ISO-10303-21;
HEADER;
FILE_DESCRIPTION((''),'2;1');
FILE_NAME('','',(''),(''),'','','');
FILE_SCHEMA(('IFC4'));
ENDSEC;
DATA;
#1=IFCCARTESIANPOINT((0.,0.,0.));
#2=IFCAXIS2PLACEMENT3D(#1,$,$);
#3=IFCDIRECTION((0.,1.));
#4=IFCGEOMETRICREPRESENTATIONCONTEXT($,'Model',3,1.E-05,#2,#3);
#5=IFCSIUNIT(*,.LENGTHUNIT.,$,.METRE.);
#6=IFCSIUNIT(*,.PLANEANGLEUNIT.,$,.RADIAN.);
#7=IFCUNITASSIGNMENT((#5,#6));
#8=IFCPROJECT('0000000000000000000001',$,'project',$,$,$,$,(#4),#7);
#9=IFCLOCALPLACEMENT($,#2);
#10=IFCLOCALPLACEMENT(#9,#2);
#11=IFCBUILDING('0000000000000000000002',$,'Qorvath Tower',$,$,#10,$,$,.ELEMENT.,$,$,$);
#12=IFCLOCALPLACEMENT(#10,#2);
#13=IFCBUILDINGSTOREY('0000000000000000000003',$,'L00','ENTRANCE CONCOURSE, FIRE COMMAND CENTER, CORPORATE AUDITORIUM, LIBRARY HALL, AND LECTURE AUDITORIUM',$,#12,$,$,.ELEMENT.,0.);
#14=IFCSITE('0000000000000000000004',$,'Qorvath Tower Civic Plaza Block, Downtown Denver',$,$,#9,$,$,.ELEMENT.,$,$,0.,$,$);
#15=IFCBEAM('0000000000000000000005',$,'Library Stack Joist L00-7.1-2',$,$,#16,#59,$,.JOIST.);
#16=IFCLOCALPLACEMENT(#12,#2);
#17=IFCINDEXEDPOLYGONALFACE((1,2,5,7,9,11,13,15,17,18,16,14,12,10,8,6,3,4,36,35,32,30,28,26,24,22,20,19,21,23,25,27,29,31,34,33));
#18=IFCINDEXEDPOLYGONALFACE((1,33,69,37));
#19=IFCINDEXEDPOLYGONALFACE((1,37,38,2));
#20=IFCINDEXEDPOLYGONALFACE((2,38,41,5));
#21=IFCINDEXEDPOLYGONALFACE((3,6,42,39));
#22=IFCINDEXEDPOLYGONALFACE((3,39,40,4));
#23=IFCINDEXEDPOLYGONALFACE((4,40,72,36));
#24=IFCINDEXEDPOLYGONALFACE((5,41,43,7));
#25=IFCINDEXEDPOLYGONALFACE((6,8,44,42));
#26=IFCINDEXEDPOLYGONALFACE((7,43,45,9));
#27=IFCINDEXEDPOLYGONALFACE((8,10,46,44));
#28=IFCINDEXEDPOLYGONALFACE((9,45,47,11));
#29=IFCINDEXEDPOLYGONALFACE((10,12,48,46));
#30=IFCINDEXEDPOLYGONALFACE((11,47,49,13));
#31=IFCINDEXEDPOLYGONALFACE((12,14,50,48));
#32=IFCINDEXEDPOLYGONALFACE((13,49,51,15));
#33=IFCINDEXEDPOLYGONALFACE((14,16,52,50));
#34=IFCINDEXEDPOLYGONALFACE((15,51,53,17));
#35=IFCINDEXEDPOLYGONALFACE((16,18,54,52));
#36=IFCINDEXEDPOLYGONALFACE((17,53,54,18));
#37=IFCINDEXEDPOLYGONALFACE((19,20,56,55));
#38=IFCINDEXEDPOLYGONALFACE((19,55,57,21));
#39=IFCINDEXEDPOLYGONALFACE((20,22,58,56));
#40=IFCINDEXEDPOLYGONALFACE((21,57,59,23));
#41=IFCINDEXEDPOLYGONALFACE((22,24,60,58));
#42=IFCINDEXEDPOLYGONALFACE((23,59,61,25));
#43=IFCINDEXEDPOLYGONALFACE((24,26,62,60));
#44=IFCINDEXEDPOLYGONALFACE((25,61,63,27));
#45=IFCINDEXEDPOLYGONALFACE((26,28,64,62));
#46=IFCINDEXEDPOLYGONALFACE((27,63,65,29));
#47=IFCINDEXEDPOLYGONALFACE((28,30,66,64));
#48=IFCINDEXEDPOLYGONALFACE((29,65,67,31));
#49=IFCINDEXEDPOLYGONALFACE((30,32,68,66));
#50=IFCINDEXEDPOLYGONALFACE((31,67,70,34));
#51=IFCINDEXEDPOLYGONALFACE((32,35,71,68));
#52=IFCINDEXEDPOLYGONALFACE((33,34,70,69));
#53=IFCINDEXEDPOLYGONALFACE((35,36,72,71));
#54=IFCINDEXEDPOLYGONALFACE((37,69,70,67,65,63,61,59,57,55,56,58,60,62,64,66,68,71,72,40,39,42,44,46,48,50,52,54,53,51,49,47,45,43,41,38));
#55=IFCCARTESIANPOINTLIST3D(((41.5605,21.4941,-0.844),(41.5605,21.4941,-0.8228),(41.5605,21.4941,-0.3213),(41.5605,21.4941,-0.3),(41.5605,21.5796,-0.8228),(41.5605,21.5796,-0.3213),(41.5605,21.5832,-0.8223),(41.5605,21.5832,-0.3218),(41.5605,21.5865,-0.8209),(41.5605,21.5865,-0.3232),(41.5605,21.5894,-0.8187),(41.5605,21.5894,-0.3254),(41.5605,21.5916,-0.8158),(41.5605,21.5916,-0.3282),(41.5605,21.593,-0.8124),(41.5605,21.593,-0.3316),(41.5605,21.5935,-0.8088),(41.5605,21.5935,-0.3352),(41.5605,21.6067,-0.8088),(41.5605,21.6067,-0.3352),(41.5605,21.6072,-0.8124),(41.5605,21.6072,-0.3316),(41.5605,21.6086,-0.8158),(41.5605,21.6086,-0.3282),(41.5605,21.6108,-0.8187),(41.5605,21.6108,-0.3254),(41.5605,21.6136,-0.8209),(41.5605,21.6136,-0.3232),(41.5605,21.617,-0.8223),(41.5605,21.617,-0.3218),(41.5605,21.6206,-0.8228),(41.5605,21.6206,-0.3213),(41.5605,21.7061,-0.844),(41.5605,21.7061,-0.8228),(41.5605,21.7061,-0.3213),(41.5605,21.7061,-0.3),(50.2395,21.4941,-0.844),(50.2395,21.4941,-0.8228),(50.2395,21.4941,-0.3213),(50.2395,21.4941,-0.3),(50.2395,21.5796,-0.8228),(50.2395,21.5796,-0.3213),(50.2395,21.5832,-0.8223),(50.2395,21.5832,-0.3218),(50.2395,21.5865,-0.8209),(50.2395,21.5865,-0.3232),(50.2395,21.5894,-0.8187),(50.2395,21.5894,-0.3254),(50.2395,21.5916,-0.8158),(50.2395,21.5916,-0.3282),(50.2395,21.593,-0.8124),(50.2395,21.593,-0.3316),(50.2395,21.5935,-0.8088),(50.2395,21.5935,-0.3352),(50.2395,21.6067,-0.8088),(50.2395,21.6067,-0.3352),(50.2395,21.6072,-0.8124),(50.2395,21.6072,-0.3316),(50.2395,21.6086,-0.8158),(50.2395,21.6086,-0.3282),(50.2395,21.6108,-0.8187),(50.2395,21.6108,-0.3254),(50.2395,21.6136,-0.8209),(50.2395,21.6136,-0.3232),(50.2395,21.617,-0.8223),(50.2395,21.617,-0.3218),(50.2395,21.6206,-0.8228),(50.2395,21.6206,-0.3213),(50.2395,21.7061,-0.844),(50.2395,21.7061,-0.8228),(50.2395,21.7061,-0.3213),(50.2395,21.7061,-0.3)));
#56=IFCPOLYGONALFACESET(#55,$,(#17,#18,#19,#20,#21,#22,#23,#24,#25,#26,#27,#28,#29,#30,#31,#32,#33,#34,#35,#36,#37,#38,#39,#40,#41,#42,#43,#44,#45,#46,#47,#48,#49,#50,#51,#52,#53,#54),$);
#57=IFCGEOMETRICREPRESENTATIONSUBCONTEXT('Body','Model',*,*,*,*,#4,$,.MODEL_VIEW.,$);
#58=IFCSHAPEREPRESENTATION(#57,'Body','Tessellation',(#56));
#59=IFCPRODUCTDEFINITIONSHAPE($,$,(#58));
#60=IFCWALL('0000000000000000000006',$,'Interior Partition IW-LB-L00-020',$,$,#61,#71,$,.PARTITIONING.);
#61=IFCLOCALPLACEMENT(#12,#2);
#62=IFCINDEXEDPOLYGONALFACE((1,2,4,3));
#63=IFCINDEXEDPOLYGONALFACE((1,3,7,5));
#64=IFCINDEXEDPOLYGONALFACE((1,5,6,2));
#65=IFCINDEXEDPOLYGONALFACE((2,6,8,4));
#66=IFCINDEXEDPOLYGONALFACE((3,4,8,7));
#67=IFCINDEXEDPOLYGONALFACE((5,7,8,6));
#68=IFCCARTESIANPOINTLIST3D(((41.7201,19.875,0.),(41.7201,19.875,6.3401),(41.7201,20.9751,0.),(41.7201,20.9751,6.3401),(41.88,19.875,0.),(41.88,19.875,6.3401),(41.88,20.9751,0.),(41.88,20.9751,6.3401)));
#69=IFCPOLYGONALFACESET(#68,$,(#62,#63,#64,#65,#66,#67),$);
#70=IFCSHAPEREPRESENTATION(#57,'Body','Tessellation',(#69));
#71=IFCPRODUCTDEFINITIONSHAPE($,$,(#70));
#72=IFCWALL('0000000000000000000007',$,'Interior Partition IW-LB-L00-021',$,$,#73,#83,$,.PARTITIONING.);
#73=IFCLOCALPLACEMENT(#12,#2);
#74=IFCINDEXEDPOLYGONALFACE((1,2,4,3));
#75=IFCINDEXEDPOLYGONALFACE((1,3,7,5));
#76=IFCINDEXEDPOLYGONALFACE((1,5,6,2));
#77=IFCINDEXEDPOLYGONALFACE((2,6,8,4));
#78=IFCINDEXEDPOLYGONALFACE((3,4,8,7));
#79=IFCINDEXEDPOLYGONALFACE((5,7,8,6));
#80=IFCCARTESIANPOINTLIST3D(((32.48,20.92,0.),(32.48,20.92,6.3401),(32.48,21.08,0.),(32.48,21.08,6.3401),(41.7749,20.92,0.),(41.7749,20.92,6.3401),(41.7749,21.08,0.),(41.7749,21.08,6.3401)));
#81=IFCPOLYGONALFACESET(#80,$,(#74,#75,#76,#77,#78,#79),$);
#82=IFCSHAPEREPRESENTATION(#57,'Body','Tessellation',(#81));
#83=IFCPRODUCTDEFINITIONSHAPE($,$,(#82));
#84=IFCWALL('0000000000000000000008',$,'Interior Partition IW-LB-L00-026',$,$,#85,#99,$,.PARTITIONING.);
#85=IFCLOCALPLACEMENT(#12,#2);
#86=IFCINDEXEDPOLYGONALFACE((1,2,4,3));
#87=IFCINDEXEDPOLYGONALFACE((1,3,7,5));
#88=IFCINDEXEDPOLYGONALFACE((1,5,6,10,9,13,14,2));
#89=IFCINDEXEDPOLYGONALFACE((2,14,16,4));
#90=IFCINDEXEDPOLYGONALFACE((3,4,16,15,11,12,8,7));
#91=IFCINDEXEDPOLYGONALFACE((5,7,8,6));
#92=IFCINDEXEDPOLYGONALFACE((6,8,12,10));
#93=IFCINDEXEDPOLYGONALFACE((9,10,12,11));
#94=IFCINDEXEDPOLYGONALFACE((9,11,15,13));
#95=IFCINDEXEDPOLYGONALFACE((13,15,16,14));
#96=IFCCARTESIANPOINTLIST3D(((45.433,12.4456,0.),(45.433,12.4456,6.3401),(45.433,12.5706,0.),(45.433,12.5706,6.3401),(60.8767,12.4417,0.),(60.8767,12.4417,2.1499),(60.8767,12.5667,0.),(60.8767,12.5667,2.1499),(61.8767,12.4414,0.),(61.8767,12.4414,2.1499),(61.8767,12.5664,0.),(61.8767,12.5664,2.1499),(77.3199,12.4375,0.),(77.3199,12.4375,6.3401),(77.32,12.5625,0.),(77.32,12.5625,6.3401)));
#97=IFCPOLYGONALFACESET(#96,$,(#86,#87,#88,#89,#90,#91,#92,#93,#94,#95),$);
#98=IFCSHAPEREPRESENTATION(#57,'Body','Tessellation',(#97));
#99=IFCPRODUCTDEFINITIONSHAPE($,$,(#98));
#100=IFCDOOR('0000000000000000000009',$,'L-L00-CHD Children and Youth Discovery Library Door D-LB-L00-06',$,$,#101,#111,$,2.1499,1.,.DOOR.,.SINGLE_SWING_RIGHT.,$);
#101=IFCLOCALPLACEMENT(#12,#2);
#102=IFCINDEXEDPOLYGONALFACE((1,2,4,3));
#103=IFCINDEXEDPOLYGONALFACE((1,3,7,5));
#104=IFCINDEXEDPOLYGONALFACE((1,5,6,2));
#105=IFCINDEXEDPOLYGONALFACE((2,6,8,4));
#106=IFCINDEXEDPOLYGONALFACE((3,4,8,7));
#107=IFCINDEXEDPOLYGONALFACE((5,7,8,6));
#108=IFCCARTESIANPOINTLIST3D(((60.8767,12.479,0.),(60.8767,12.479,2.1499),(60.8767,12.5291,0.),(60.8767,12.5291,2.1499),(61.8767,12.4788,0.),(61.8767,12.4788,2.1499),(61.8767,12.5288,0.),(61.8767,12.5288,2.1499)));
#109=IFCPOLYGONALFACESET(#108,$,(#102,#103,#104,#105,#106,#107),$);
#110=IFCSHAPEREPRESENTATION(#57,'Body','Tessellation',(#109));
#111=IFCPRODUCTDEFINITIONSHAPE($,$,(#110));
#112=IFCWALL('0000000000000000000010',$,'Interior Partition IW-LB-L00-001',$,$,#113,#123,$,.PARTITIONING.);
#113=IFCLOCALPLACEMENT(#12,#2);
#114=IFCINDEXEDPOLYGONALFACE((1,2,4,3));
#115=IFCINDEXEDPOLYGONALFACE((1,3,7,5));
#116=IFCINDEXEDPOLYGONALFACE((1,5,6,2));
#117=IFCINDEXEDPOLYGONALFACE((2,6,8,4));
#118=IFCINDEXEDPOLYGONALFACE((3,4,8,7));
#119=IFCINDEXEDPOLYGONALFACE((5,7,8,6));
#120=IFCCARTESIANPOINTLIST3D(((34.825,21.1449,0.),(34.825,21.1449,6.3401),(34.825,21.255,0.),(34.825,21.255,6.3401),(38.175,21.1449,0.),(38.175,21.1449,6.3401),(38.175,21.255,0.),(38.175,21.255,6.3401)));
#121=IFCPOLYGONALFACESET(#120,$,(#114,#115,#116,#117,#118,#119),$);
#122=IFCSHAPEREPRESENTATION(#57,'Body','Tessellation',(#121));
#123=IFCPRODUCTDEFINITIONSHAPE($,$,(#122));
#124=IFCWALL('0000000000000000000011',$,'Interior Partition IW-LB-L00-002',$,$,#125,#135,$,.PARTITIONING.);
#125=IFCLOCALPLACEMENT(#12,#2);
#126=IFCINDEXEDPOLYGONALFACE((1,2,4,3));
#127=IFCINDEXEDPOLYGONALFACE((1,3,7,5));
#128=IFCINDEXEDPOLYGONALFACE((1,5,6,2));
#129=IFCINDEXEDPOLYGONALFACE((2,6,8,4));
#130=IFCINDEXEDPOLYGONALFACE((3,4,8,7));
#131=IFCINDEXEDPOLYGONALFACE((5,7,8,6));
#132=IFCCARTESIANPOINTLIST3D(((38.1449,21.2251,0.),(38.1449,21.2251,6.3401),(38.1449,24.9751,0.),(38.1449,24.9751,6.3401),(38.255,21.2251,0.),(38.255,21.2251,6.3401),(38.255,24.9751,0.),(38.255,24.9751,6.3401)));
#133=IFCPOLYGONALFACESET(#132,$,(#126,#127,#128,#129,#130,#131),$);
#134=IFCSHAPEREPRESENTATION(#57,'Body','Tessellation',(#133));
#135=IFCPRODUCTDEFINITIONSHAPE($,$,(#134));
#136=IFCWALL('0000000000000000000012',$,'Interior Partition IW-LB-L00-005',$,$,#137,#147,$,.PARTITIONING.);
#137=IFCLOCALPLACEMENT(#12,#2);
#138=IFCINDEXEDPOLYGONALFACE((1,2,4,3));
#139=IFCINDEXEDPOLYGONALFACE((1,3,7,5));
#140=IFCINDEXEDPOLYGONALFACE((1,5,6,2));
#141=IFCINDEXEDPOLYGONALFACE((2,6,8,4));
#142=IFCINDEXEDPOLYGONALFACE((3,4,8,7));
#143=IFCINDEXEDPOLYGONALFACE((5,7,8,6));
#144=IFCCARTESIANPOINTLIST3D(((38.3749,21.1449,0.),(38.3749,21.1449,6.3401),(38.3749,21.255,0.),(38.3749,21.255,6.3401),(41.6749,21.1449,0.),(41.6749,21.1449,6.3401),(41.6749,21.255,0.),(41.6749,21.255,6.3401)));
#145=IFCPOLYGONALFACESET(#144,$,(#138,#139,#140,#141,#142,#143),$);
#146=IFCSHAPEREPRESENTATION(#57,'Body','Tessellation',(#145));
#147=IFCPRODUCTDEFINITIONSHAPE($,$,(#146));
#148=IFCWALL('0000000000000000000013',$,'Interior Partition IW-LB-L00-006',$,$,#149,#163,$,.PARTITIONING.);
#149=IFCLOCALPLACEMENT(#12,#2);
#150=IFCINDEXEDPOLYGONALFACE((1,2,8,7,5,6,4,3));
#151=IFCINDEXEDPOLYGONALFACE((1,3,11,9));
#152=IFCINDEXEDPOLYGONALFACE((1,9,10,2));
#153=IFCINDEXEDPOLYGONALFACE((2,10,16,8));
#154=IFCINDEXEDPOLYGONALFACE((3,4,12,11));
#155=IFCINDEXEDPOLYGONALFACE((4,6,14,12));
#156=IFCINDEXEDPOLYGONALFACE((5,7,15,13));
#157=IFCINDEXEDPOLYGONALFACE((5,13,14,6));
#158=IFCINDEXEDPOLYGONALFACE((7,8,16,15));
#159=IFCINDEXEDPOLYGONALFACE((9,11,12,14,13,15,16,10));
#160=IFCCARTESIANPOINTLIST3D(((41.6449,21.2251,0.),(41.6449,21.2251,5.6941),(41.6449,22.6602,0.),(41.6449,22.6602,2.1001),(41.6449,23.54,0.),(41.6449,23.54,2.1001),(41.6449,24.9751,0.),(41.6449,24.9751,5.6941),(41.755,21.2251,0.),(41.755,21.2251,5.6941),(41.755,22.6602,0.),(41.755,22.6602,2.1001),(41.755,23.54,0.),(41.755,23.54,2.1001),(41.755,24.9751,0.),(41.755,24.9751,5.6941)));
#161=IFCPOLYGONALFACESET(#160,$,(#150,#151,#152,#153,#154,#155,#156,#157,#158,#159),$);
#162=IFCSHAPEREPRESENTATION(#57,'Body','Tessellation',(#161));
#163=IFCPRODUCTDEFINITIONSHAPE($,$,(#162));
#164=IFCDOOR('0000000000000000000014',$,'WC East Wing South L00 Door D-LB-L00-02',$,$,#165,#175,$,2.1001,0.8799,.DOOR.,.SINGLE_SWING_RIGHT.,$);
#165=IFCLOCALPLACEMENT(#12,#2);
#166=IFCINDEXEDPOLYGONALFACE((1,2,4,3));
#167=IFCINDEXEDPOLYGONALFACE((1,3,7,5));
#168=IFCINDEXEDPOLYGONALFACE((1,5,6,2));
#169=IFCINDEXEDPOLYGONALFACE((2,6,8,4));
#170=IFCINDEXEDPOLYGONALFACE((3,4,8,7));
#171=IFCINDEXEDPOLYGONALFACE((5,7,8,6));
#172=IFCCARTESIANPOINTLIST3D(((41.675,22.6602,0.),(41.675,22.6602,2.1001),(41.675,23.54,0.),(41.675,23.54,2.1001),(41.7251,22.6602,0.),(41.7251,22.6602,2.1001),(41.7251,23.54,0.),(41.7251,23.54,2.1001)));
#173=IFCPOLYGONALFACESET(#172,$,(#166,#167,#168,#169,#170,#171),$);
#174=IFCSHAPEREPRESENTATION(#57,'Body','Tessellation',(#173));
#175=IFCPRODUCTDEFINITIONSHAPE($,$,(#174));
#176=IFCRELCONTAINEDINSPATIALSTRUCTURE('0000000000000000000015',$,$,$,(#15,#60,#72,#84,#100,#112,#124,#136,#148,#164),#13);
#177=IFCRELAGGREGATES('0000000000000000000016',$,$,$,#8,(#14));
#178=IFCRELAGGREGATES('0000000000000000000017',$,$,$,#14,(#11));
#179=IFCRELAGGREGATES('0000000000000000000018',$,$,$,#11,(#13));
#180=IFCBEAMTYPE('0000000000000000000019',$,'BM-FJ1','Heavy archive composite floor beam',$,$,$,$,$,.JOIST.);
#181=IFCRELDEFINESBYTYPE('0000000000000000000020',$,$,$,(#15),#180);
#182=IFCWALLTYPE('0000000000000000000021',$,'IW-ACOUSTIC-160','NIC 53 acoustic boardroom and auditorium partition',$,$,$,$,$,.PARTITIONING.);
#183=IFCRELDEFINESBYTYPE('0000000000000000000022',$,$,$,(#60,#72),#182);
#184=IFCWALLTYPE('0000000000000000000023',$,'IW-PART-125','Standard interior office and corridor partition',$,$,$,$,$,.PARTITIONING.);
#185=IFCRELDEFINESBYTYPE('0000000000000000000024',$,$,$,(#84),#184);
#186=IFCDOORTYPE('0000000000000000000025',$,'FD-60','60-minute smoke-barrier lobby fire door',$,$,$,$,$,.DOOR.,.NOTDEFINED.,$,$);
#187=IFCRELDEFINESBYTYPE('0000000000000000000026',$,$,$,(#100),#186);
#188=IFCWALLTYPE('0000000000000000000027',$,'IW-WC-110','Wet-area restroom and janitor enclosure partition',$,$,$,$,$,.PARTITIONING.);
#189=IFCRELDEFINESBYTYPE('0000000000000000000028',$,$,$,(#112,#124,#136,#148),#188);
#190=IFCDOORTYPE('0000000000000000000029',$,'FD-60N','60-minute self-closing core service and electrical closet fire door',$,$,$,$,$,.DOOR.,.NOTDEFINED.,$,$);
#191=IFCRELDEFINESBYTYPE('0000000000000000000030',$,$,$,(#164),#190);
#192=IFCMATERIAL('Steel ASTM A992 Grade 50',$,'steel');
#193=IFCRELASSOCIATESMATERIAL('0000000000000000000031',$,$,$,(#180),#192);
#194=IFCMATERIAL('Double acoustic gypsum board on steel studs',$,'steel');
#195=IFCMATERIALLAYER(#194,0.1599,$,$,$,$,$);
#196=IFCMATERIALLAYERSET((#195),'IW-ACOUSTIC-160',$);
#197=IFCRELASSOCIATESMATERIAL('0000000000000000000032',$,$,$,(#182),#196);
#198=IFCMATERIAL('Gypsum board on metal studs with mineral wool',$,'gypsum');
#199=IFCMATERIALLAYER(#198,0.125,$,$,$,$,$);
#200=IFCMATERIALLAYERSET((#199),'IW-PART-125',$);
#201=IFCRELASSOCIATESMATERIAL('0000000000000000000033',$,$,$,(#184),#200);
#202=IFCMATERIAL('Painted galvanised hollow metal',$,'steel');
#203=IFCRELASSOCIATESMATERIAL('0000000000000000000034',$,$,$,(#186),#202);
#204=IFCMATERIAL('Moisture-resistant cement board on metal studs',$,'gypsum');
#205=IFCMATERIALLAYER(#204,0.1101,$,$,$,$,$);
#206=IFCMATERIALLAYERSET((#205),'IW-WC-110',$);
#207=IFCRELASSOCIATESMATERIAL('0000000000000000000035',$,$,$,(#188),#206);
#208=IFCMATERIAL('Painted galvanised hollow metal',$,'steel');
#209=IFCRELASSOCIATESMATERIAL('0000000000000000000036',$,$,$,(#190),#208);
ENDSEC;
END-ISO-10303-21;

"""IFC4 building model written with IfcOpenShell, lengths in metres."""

from ifc_helpers import new_model, si_unit, direction, frame, frame_2d, origin, origin_2d, place, context, subcontext, project, spatial, rectangle, i_section, extrude, material, layer, layer_set, material_profile, profile_set, type_object, element, fill, save


model = new_model("IFC4")

# Units and contexts
model_context = context("Model", 3, precision=1e-05, world=origin(), true_north=direction((0.0, 1.0)))
body_context = subcontext(model_context, "Body", "Model", "MODEL_VIEW")
ifc_project = project(units=[si_unit("LENGTHUNIT", "METRE"), si_unit("PLANEANGLEUNIT", "RADIAN")], contexts=[model_context])

# Site, building, storey
site_placement = place(None, origin())
site = spatial("IfcSite", under=ifc_project, at=site_placement, Name="Qorvath Tower Civic Plaza Block, Downtown Denver", CompositionType="ELEMENT", RefElevation=0.0)
building_placement = place(site_placement, origin())
building = spatial("IfcBuilding", under=site, at=building_placement, Name="Qorvath Tower", CompositionType="ELEMENT")
storey_placement = place(building_placement, origin())
storey = spatial("IfcBuildingStorey", under=building, at=storey_placement, Name="L00", Description="ENTRANCE CONCOURSE, FIRE COMMAND CENTER, CORPORATE AUDITORIUM, LIBRARY HALL, AND LECTURE AUDITORIUM", CompositionType="ELEMENT", Elevation=0.0)

# Beam
ifc_material_1 = material(Name="Steel ASTM A992 Grade 50", Category="steel")
ifc_material_profile_1 = material_profile(ifc_material_1, i_section(OverallWidth=0.2119, OverallDepth=0.5439, WebThickness=0.0132, FlangeThickness=0.0212, FilletRadius=0.0139, at=origin_2d()), Name="W21x83")
ifc_profile_set_1 = profile_set([ifc_material_profile_1], Name="Steel ASTM A992 Grade 50")
beam_type_1 = type_object("IfcBeamType", Name="BM-FJ1", Description="Heavy archive composite floor beam", PredefinedType="JOIST", material=ifc_profile_set_1)
beam_1_placement = place(storey_placement, frame((41.5605, 21.6001, -0.572), z_axis=(1.0, 0.0, 0.0), x_axis=(0.0, 1.0, 0.0)))
element("IfcBeam", 1, at=beam_1_placement, inside=storey, type_object=beam_type_1, Name="Library Stack Joist L00-7.1-2", PredefinedType="JOIST", context=body_context, shape_type="SweptSolid", body=[
    extrude(i_section(OverallWidth=0.2119, OverallDepth=0.5439, WebThickness=0.0132, FlangeThickness=0.0212, FilletRadius=0.0139, at=origin_2d()), origin(), (0.0, 0.0, 1.0), 8.679),
])

# Walls
ifc_material_2 = material(Name="Double acoustic gypsum board on steel studs", Category="steel")
ifc_layer_1 = layer(ifc_material_2, 0.1599)
ifc_layer_set_1 = layer_set([ifc_layer_1], Name="IW-ACOUSTIC-160")
wall_type_1 = type_object("IfcWallType", Name="IW-ACOUSTIC-160", Description="NIC 53 acoustic boardroom and auditorium partition", PredefinedType="PARTITIONING", material=ifc_layer_set_1)
wall_1_placement = place(storey_placement, frame((41.8, 19.875, 0.0), z_axis=(0.0, 0.0, 1.0), x_axis=(0.0, 1.0, 0.0)))
element("IfcWall", 2, at=wall_1_placement, inside=storey, type_object=wall_type_1, Name="Interior Partition IW-LB-L00-020", PredefinedType="PARTITIONING", context=body_context, shape_type="SweptSolid", body=[
    extrude(rectangle(XDim=1.1001, YDim=0.1599, at=frame_2d((0.55, 0.0))), origin(), (0.0, 0.0, 1.0), 6.3401),
])
wall_2_placement = place(storey_placement, frame((41.7749, 21.0, 0.0), z_axis=(0.0, 0.0, 1.0), x_axis=(-1.0, 0.0, 0.0)))
element("IfcWall", 3, at=wall_2_placement, inside=storey, type_object=wall_type_1, Name="Interior Partition IW-LB-L00-021", PredefinedType="PARTITIONING", context=body_context, shape_type="SweptSolid", body=[
    extrude(rectangle(XDim=9.2949, YDim=0.1599, at=frame_2d((4.6475, 0.0))), origin(), (0.0, 0.0, 1.0), 6.3401),
])

# Wall, opening, door
ifc_material_3 = material(Name="Gypsum board on metal studs with mineral wool", Category="gypsum")
ifc_layer_2 = layer(ifc_material_3, 0.125)
ifc_layer_set_2 = layer_set([ifc_layer_2], Name="IW-PART-125")
wall_type_2 = type_object("IfcWallType", Name="IW-PART-125", Description="Standard interior office and corridor partition", PredefinedType="PARTITIONING", material=ifc_layer_set_2)
wall_3_placement = place(storey_placement, frame((45.4331, 12.5081, 0.0), z_axis=(0.0, 0.0, 1.0), x_axis=(1.0, -0.000253, 0.0)))
wall_3 = element("IfcWall", 4, at=wall_3_placement, inside=storey, type_object=wall_type_2, Name="Interior Partition IW-LB-L00-026", PredefinedType="PARTITIONING", context=body_context, shape_type="SweptSolid", body=[
    extrude(rectangle(XDim=31.887, YDim=0.125, at=frame_2d((15.9434, 0.0))), origin(), (0.0, 0.0, 1.0), 6.3401),
])
opening_1_placement = place(wall_3_placement, frame((15.4436, 0.0, 0.0)))
opening_1 = element("IfcOpeningElement", 5, at=opening_1_placement, cuts=wall_3, PredefinedType="OPENING", context=body_context, shape_type="SweptSolid", body=[
    extrude(rectangle(XDim=1.0, YDim=2.1499, at=frame_2d((0.5, 1.075))), frame((0.0, 0.0725, 0.0), z_axis=(0.0, -1.0, 0.0), x_axis=(1.0, 0.0, 0.0)), (0.0, 0.0, 1.0), 0.145),
])
ifc_material_4 = material(Name="Painted galvanised hollow metal", Category="steel")
door_type_1 = type_object("IfcDoorType", Name="FD-60", Description="60-minute smoke-barrier lobby fire door", OperationType="NOTDEFINED", PredefinedType="DOOR", material=ifc_material_4)
door_1_placement = place(opening_1_placement, origin())
door_1 = element("IfcDoor", 6, at=door_1_placement, inside=storey, type_object=door_type_1, Name="L-L00-CHD Children and Youth Discovery Library Door D-LB-L00-06", OperationType="SINGLE_SWING_RIGHT", OverallHeight=2.1499, OverallWidth=1.0, PredefinedType="DOOR", context=body_context, shape_type="SweptSolid", body=[
    extrude(rectangle(XDim=1.0, YDim=2.1499, at=frame_2d((0.5, 1.075))), frame((0.0, 0.0249, 0.0), z_axis=(0.0, -1.0, 0.0), x_axis=(1.0, 0.0, 0.0)), (0.0, 0.0, 1.0), 0.05),
])
fill(opening_1, door_1)

# Walls
ifc_material_5 = material(Name="Moisture-resistant cement board on metal studs", Category="gypsum")
ifc_layer_3 = layer(ifc_material_5, 0.1101)
ifc_layer_set_3 = layer_set([ifc_layer_3], Name="IW-WC-110")
wall_type_3 = type_object("IfcWallType", Name="IW-WC-110", Description="Wet-area restroom and janitor enclosure partition", PredefinedType="PARTITIONING", material=ifc_layer_set_3)
wall_4_placement = place(storey_placement, frame((34.825, 21.2, 0.0), z_axis=(0.0, 0.0, 1.0), x_axis=(1.0, 0.0, 0.0)))
element("IfcWall", 7, at=wall_4_placement, inside=storey, type_object=wall_type_3, Name="Interior Partition IW-LB-L00-001", PredefinedType="PARTITIONING", context=body_context, shape_type="SweptSolid", body=[
    extrude(rectangle(XDim=3.3501, YDim=0.1101, at=frame_2d((1.675, 0.0))), origin(), (0.0, 0.0, 1.0), 6.3401),
])
wall_5_placement = place(storey_placement, frame((38.2, 21.2251, 0.0), z_axis=(0.0, 0.0, 1.0), x_axis=(0.0, 1.0, 0.0)))
element("IfcWall", 8, at=wall_5_placement, inside=storey, type_object=wall_type_3, Name="Interior Partition IW-LB-L00-002", PredefinedType="PARTITIONING", context=body_context, shape_type="SweptSolid", body=[
    extrude(rectangle(XDim=3.75, YDim=0.1101, at=frame_2d((1.875, 0.0))), origin(), (0.0, 0.0, 1.0), 6.3401),
])
wall_6_placement = place(storey_placement, frame((38.375, 21.2, 0.0), z_axis=(0.0, 0.0, 1.0), x_axis=(1.0, 0.0, 0.0)))
element("IfcWall", 9, at=wall_6_placement, inside=storey, type_object=wall_type_3, Name="Interior Partition IW-LB-L00-005", PredefinedType="PARTITIONING", context=body_context, shape_type="SweptSolid", body=[
    extrude(rectangle(XDim=3.3, YDim=0.1101, at=frame_2d((1.6499, 0.0))), origin(), (0.0, 0.0, 1.0), 6.3401),
])

# Wall, opening, door
wall_7_placement = place(storey_placement, frame((41.7, 21.2251, 0.0), z_axis=(0.0, 0.0, 1.0), x_axis=(0.0, 1.0, 0.0)))
wall_7 = element("IfcWall", 10, at=wall_7_placement, inside=storey, type_object=wall_type_3, Name="Interior Partition IW-LB-L00-006", PredefinedType="PARTITIONING", context=body_context, shape_type="SweptSolid", body=[
    extrude(rectangle(XDim=3.75, YDim=0.1101, at=frame_2d((1.875, 0.0))), origin(), (0.0, 0.0, 1.0), 5.6941),
])
opening_2_placement = place(wall_7_placement, frame((1.4351, 0.0, 0.0)))
opening_2 = element("IfcOpeningElement", 11, at=opening_2_placement, cuts=wall_7, PredefinedType="OPENING", context=body_context, shape_type="SweptSolid", body=[
    extrude(rectangle(XDim=0.8799, YDim=2.1001, at=frame_2d((0.4399, 1.05))), frame((0.0, 0.0649, 0.0), z_axis=(0.0, -1.0, 0.0), x_axis=(1.0, 0.0, 0.0)), (0.0, 0.0, 1.0), 0.1301),
])
ifc_material_6 = material(Name="Painted galvanised hollow metal", Category="steel")
door_type_2 = type_object("IfcDoorType", Name="FD-60N", Description="60-minute self-closing core service and electrical closet fire door", OperationType="NOTDEFINED", PredefinedType="DOOR", material=ifc_material_6)
door_2_placement = place(opening_2_placement, origin())
door_2 = element("IfcDoor", 12, at=door_2_placement, inside=storey, type_object=door_type_2, Name="WC East Wing South L00 Door D-LB-L00-02", OperationType="SINGLE_SWING_RIGHT", OverallHeight=2.1001, OverallWidth=0.8799, PredefinedType="DOOR", context=body_context, shape_type="SweptSolid", body=[
    extrude(rectangle(XDim=0.8799, YDim=2.1001, at=frame_2d((0.4399, 1.05))), frame((0.0, 0.0249, 0.0), z_axis=(0.0, -1.0, 0.0), x_axis=(1.0, 0.0, 0.0)), (0.0, 0.0, 1.0), 0.05),
])
fill(opening_2, door_2)

save(model, "model.ifc")
